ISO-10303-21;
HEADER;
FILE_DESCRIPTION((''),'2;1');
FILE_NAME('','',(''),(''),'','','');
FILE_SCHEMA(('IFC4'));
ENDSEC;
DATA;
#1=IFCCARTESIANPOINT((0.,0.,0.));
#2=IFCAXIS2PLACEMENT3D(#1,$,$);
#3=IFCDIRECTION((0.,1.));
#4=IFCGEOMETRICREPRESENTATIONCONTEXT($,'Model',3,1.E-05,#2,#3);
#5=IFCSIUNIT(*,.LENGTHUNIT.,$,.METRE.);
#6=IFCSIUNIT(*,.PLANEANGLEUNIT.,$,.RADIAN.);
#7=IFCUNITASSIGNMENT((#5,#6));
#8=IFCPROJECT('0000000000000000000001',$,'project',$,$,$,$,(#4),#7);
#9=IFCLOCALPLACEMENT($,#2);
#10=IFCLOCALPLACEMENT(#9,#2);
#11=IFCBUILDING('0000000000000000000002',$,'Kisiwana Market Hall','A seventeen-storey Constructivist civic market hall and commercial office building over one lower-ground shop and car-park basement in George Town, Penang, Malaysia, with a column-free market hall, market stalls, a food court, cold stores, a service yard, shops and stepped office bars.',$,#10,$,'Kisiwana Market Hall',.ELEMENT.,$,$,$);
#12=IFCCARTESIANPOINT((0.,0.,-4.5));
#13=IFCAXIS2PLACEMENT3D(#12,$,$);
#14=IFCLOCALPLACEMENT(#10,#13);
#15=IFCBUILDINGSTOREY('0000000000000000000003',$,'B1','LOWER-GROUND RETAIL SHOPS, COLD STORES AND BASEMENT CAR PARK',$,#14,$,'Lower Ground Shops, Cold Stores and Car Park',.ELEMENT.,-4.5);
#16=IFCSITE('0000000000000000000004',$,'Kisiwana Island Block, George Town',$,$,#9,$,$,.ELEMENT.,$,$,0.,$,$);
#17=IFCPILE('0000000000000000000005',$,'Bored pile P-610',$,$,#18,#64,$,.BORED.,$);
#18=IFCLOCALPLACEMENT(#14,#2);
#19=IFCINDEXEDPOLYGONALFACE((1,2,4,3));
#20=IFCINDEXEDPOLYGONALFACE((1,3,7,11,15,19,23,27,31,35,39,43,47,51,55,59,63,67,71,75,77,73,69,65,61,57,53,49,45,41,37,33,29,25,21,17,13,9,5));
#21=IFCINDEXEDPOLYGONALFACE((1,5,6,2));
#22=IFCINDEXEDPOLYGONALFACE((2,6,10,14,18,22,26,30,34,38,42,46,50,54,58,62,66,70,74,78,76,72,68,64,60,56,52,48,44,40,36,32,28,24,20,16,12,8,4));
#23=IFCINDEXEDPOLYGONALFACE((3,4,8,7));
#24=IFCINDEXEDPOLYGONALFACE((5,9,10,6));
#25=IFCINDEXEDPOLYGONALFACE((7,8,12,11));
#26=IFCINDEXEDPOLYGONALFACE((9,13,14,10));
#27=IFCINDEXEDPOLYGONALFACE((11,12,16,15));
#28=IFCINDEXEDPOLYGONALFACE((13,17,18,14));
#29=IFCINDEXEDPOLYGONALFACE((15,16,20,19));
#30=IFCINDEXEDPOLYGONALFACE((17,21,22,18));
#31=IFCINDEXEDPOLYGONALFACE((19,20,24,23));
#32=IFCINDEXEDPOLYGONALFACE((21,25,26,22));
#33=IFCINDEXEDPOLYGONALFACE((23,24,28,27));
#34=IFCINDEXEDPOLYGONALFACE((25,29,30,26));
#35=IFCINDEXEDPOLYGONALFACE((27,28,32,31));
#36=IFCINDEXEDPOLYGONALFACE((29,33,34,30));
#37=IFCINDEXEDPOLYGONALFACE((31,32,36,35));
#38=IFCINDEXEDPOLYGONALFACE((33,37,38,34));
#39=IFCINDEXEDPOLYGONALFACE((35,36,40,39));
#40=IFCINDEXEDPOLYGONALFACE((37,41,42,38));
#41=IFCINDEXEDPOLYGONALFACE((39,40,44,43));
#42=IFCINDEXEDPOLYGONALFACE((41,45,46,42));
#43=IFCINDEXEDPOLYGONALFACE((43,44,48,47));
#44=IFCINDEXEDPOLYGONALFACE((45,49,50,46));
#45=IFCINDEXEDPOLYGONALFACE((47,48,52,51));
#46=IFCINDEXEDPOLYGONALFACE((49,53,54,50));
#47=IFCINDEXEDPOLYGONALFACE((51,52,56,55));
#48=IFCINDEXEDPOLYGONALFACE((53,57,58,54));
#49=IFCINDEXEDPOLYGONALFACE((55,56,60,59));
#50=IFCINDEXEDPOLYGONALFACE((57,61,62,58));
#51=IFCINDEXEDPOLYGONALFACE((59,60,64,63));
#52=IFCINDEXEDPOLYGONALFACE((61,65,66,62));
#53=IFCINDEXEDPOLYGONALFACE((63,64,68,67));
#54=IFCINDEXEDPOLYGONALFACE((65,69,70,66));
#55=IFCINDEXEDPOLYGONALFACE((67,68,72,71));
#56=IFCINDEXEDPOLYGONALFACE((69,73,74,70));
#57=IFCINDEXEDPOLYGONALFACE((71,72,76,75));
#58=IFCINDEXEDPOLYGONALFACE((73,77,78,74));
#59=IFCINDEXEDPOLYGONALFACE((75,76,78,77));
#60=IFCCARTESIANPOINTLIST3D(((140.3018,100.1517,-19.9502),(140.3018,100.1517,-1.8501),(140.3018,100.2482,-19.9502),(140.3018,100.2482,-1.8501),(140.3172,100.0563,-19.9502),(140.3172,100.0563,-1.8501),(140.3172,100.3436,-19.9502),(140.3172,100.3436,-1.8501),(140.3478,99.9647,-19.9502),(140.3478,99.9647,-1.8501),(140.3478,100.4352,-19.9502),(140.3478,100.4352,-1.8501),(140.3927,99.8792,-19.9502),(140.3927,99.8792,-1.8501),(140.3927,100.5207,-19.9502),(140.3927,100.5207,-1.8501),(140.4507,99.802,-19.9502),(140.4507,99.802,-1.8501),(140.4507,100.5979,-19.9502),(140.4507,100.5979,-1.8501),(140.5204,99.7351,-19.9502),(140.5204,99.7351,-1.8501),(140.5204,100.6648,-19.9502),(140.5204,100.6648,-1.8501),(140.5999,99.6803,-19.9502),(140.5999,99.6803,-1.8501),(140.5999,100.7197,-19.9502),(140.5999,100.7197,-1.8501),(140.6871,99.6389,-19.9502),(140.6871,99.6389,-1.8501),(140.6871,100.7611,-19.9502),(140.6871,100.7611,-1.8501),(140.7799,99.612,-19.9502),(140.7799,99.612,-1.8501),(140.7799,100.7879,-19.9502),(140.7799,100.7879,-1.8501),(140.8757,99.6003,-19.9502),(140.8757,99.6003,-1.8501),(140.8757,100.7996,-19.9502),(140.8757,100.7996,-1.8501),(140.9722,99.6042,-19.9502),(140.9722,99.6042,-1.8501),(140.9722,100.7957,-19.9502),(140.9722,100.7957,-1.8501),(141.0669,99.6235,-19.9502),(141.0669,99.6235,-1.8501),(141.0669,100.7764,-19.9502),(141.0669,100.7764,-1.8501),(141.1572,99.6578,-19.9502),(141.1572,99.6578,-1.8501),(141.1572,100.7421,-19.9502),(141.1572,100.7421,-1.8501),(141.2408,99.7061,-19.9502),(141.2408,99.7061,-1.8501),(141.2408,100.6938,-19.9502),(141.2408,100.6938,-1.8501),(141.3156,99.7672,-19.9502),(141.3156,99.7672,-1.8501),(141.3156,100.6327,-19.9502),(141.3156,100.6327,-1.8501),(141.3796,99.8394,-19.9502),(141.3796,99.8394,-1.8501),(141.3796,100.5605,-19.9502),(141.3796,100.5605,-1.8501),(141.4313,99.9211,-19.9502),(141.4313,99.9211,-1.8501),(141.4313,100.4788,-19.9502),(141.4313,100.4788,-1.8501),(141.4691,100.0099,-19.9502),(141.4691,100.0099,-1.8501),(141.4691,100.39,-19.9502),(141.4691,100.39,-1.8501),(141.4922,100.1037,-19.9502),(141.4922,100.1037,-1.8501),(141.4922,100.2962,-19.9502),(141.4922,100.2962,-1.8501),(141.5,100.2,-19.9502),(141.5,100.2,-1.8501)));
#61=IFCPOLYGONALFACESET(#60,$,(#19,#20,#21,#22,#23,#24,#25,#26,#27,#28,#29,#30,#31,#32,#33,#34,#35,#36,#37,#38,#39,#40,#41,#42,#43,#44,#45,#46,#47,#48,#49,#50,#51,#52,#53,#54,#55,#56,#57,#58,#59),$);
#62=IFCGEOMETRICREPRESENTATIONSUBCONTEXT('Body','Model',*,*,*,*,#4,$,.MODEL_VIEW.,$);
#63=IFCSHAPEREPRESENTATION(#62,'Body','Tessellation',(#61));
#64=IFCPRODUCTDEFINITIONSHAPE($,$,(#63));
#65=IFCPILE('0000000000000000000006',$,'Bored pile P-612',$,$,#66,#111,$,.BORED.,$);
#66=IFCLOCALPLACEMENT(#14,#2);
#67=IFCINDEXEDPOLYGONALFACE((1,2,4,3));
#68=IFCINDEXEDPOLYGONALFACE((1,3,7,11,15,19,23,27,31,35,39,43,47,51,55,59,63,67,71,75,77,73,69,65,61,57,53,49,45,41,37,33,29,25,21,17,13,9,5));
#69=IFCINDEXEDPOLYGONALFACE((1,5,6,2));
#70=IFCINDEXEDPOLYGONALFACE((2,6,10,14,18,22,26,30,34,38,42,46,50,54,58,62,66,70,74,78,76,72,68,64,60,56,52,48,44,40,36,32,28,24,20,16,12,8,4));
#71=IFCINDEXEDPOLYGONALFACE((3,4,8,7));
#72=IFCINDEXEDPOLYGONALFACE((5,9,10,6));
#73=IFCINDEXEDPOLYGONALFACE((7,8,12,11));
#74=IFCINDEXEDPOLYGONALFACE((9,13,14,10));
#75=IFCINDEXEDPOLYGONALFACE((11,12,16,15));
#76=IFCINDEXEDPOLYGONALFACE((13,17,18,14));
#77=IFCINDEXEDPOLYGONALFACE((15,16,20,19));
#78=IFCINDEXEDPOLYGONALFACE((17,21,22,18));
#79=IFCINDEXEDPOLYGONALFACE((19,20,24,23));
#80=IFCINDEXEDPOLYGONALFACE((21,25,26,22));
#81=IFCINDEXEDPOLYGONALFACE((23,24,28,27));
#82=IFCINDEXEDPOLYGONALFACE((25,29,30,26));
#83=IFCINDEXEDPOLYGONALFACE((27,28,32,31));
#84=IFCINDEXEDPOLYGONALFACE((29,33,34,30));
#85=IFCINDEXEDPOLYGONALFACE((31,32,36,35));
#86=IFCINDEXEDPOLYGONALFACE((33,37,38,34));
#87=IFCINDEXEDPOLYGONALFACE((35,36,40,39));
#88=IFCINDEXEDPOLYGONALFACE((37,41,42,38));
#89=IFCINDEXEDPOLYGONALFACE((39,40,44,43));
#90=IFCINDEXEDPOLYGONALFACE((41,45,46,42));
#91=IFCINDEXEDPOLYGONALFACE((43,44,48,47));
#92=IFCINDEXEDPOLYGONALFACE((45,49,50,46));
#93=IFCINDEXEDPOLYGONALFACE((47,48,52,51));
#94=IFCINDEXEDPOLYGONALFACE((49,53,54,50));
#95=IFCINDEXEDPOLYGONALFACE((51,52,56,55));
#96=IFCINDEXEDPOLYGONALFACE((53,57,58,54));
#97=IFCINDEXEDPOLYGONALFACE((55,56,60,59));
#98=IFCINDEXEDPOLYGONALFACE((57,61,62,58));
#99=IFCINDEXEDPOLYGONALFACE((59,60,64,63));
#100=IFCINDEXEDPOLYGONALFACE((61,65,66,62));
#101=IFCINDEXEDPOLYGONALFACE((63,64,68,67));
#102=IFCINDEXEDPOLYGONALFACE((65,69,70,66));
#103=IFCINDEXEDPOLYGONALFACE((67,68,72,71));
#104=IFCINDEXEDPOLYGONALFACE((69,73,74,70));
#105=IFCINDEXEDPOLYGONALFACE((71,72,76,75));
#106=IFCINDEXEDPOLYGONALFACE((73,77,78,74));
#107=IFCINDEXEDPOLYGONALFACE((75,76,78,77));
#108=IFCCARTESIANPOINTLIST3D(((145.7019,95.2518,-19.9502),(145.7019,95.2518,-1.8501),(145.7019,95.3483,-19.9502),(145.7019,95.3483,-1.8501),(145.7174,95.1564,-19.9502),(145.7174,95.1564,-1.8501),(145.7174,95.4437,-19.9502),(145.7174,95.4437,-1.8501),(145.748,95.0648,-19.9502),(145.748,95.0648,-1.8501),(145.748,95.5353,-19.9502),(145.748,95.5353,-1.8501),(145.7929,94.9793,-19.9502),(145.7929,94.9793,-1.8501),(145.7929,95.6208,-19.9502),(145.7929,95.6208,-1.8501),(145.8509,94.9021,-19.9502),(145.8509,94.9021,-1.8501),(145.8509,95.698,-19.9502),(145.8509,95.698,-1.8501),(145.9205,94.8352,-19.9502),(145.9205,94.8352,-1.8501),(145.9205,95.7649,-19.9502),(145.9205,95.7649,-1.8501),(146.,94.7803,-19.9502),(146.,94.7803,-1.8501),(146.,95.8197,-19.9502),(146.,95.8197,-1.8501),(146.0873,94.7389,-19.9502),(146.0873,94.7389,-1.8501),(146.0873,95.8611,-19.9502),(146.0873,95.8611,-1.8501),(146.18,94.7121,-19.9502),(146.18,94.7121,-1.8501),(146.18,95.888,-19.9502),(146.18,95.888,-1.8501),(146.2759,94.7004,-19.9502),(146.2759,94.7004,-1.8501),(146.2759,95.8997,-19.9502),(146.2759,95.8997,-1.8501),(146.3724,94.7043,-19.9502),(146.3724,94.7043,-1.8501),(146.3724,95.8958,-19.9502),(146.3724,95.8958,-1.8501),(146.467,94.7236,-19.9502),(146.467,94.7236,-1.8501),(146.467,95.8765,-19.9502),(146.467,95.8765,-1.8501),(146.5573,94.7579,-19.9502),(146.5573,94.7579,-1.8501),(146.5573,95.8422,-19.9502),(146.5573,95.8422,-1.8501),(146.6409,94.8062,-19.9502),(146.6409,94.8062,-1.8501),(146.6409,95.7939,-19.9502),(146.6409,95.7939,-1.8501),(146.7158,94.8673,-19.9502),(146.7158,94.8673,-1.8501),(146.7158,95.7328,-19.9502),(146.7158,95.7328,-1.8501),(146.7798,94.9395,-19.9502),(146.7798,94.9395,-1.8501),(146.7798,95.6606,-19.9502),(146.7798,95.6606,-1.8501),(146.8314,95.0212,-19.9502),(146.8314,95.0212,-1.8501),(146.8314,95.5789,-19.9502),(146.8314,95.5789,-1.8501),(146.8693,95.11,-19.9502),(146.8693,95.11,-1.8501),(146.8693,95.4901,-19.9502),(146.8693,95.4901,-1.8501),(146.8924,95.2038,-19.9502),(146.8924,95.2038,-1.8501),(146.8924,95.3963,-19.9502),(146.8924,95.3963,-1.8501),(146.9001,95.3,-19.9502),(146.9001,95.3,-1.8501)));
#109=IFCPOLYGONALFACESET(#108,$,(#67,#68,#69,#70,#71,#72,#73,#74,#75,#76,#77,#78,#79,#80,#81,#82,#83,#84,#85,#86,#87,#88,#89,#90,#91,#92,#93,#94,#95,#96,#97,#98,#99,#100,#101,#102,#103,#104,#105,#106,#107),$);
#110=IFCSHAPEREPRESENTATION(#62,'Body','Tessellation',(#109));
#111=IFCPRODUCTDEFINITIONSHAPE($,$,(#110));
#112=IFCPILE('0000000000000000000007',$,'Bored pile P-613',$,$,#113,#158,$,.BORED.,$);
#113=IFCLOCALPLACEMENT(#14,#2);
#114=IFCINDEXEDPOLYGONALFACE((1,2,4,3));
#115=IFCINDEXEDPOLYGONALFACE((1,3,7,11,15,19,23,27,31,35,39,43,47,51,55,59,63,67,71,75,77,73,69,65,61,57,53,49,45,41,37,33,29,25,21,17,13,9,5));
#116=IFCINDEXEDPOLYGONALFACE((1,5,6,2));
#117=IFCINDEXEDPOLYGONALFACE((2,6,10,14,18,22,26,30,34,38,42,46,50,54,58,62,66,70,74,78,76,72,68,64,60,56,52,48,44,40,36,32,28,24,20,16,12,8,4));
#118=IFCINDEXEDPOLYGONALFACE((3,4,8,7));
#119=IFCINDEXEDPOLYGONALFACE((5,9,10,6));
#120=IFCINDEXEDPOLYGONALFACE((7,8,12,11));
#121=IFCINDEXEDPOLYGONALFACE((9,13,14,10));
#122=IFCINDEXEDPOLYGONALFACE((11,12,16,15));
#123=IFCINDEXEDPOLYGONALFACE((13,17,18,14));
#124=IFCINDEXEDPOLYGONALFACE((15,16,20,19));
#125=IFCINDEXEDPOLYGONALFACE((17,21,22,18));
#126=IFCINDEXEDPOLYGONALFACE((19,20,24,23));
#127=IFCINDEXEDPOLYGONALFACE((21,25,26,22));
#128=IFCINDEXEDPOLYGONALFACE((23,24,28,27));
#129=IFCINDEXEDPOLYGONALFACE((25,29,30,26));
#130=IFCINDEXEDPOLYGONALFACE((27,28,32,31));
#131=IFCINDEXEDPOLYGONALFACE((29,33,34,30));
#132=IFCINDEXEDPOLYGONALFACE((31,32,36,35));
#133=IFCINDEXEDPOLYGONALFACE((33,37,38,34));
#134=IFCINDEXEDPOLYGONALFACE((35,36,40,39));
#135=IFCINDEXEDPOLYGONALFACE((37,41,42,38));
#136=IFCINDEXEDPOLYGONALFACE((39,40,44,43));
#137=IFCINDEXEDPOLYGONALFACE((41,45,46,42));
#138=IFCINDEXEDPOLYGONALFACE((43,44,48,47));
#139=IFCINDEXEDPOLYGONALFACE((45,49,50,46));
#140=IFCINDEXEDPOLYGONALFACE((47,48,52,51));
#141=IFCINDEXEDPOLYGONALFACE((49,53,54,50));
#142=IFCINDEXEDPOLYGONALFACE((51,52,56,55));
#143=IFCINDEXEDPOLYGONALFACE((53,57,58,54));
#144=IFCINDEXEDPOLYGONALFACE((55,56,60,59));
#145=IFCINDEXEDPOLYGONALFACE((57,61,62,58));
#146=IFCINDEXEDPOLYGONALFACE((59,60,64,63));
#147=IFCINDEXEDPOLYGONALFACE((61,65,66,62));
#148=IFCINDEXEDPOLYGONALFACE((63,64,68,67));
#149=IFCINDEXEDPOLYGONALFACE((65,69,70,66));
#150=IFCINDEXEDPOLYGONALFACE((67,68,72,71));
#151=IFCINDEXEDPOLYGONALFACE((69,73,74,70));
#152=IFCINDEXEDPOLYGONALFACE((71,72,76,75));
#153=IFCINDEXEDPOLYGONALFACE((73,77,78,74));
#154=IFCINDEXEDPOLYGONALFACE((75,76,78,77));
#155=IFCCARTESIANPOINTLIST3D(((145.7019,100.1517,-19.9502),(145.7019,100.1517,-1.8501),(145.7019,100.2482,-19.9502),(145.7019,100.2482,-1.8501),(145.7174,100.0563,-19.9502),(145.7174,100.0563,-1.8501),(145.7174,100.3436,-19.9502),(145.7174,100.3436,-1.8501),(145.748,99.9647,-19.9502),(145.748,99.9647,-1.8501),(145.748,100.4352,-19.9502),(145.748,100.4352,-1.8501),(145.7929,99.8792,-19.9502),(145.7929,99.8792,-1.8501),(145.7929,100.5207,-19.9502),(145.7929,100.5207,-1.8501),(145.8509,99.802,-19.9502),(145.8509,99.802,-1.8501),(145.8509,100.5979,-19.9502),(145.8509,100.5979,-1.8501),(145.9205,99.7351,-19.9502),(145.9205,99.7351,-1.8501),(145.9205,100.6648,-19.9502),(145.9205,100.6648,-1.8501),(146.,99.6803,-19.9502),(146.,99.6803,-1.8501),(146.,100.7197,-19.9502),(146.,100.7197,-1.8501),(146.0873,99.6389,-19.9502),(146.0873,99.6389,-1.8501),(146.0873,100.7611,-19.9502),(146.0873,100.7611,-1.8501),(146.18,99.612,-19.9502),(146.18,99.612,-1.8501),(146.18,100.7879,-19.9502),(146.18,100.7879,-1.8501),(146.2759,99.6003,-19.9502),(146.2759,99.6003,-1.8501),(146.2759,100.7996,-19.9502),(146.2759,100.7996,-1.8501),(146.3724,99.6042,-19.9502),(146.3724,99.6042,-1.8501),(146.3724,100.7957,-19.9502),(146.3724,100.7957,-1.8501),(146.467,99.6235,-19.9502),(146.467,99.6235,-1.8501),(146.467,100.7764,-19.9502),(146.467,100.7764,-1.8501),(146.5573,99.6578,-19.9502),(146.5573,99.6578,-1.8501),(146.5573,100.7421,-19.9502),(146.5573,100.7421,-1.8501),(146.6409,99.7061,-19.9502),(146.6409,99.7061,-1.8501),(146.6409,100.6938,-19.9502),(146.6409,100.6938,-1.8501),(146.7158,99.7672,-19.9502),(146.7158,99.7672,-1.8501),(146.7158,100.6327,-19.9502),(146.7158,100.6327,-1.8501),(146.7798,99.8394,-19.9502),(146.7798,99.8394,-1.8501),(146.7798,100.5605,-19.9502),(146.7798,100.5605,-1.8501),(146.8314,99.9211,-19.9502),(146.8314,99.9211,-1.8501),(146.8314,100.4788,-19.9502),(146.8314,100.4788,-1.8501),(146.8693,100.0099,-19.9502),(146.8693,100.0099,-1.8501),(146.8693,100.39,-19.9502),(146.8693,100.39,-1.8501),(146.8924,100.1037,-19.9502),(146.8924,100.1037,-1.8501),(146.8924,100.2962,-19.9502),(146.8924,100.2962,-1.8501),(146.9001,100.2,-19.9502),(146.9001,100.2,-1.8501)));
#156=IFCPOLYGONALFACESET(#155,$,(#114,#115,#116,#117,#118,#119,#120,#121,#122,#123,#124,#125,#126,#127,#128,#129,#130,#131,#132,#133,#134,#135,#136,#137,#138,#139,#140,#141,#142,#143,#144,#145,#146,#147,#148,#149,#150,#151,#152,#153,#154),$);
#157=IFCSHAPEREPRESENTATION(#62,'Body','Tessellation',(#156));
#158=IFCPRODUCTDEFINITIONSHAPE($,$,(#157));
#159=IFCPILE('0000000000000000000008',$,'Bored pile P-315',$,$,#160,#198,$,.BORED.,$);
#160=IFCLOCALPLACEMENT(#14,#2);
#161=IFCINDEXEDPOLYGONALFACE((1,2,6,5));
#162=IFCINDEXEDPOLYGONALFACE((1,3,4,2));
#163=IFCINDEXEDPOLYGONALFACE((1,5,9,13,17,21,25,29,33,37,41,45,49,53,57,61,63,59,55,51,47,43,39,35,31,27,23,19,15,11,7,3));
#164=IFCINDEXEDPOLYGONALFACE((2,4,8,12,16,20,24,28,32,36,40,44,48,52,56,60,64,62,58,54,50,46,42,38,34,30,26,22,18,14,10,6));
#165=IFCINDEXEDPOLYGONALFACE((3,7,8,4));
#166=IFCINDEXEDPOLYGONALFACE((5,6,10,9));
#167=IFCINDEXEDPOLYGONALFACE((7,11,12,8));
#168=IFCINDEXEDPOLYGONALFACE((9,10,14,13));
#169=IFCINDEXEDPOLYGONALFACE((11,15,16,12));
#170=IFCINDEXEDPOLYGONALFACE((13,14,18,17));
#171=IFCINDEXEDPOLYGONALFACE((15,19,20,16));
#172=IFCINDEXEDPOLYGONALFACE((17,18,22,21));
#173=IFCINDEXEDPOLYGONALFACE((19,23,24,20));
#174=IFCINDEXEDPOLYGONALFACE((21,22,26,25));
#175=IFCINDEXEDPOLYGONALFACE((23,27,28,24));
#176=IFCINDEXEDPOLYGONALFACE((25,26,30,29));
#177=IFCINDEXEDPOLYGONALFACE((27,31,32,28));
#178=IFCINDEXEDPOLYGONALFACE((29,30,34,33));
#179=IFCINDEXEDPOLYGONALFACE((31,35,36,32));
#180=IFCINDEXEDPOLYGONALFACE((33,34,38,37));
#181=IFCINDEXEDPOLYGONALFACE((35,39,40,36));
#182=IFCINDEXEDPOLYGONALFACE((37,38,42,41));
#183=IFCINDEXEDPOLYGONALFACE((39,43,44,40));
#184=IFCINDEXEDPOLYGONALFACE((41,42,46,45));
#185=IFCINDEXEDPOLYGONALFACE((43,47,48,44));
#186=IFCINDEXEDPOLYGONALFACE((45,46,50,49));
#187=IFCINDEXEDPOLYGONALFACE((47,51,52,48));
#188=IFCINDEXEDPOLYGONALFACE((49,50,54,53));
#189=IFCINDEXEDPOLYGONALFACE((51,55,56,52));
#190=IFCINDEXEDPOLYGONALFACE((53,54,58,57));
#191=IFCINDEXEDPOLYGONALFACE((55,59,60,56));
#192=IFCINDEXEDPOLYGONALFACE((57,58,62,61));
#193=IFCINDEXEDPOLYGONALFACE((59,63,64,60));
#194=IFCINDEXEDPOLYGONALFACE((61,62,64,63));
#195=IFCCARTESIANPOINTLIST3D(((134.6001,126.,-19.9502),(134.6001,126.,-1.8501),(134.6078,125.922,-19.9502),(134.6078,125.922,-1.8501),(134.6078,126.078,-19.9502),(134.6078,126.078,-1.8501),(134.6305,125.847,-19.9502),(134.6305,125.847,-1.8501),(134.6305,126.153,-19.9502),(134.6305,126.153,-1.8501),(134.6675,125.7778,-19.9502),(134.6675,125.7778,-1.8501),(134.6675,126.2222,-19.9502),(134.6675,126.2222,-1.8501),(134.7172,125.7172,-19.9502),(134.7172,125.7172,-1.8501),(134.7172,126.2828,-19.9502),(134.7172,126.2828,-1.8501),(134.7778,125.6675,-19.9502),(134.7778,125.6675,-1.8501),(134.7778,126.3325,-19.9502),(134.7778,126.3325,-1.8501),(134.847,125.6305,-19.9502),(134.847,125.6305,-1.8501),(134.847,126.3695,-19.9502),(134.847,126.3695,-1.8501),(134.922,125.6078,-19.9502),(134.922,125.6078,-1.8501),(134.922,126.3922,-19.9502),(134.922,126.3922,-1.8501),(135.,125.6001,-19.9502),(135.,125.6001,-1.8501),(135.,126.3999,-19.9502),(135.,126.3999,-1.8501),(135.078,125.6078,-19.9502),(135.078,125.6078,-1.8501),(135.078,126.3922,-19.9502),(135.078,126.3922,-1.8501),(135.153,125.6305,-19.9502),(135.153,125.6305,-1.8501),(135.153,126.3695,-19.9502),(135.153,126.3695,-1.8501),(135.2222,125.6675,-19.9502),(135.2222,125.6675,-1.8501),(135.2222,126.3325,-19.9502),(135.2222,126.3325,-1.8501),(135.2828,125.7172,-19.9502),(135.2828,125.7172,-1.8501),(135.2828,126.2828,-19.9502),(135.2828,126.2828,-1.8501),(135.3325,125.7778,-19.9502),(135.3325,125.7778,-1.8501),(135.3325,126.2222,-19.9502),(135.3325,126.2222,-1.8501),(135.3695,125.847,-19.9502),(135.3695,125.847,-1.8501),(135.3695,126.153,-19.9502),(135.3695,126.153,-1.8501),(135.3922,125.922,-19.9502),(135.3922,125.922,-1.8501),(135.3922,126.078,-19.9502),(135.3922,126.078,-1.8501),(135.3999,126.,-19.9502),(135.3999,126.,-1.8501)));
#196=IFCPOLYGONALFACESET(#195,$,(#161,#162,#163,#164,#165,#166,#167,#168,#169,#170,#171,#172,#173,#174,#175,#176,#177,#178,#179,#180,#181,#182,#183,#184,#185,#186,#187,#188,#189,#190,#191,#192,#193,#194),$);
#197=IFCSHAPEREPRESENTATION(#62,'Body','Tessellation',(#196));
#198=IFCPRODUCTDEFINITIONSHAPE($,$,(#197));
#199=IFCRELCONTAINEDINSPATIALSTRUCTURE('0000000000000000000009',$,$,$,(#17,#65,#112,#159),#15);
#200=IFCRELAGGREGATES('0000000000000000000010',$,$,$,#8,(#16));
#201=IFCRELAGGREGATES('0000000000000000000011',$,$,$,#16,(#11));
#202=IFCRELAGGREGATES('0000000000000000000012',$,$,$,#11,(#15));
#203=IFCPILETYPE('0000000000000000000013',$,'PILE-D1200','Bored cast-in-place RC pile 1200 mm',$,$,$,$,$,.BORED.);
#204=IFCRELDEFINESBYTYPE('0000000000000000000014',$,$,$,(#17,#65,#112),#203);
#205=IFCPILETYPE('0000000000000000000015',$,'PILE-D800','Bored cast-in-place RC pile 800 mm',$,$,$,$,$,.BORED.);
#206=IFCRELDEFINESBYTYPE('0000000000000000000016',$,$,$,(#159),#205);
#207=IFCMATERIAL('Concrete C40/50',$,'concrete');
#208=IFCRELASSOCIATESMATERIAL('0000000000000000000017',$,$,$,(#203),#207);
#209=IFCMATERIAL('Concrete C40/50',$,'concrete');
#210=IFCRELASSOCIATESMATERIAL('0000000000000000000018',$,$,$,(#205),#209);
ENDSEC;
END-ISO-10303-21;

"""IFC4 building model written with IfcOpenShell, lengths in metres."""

from ifc_helpers import new_model, si_unit, direction, frame, origin, origin_2d, place, context, subcontext, project, spatial, circle, extrude, material, material_profile, profile_set, type_object, element, save


model = new_model("IFC4")

# Units and contexts
model_context = context("Model", 3, precision=1e-05, world=origin(), true_north=direction((0.0, 1.0)))
body_context = subcontext(model_context, "Body", "Model", "MODEL_VIEW")
ifc_project = project(units=[si_unit("LENGTHUNIT", "METRE"), si_unit("PLANEANGLEUNIT", "RADIAN")], contexts=[model_context])

# Site, building, storey
site_placement = place(None, origin())
site = spatial("IfcSite", under=ifc_project, at=site_placement, Name="Kisiwana Island Block, George Town", CompositionType="ELEMENT", RefElevation=0.0)
building_placement = place(site_placement, origin())
building = spatial("IfcBuilding", under=site, at=building_placement, Name="Kisiwana Market Hall", Description="A seventeen-storey Constructivist civic market hall and commercial office building over one lower-ground shop and car-park basement in George Town, Penang, Malaysia, with a column-free market hall, market stalls, a food court, cold stores, a service yard, shops and stepped office bars.", LongName="Kisiwana Market Hall", CompositionType="ELEMENT")
storey_placement = place(building_placement, frame((0.0, 0.0, -4.5)))
storey = spatial("IfcBuildingStorey", under=building, at=storey_placement, Name="B1", Description="LOWER-GROUND RETAIL SHOPS, COLD STORES AND BASEMENT CAR PARK", LongName="Lower Ground Shops, Cold Stores and Car Park", CompositionType="ELEMENT", Elevation=-4.5)

# Piles
ifc_material_1 = material(Name="Concrete C40/50", Category="concrete")
ifc_material_profile_1 = material_profile(ifc_material_1, circle(Radius=0.6001, at=origin_2d()), Name="BP D1200")
ifc_profile_set_1 = profile_set([ifc_material_profile_1], Name="Concrete C40/50")
pile_type_1 = type_object("IfcPileType", Name="PILE-D1200", Description="Bored cast-in-place RC pile 1200 mm", PredefinedType="BORED", material=ifc_profile_set_1)
for number, where, z_axis, x_axis, name in (
    (1, (140.8999, 100.2, -1.8501), (0.0, 0.0, -1.0), (1.0, 0.0, 0.0), "Bored pile P-610"),
    (2, (146.3, 95.3, -1.8501), (0.0, 0.0, -1.0), (1.0, 0.0, 0.0), "Bored pile P-612"),
    (3, (146.3, 100.2, -1.8501), (0.0, 0.0, -1.0), (1.0, 0.0, 0.0), "Bored pile P-613"),
):
    element("IfcPile", number, at=place(storey_placement, frame(where, z_axis=z_axis, x_axis=x_axis)), inside=storey, type_object=pile_type_1, Name=name, PredefinedType="BORED", context=body_context, shape_type="SweptSolid", body=[
        extrude(circle(Radius=0.6001, at=origin_2d()), origin(), (0.0, 0.0, 1.0), 18.1001),
    ])
ifc_material_2 = material(Name="Concrete C40/50", Category="concrete")
ifc_material_profile_2 = material_profile(ifc_material_2, circle(Radius=0.3999, at=origin_2d()), Name="BP D800")
ifc_profile_set_2 = profile_set([ifc_material_profile_2], Name="Concrete C40/50")
pile_type_2 = type_object("IfcPileType", Name="PILE-D800", Description="Bored cast-in-place RC pile 800 mm", PredefinedType="BORED", material=ifc_profile_set_2)
for number, where, z_axis, x_axis, name in (
    (4, (135.0, 126.0, -1.8501), (0.0, 0.0, -1.0), (1.0, 0.0, 0.0), "Bored pile P-315"),
):
    element("IfcPile", number, at=place(storey_placement, frame(where, z_axis=z_axis, x_axis=x_axis)), inside=storey, type_object=pile_type_2, Name=name, PredefinedType="BORED", context=body_context, shape_type="SweptSolid", body=[
        extrude(circle(Radius=0.3999, at=origin_2d()), origin(), (0.0, 0.0, 1.0), 18.1001),
    ])

save(model, "model.ifc")
